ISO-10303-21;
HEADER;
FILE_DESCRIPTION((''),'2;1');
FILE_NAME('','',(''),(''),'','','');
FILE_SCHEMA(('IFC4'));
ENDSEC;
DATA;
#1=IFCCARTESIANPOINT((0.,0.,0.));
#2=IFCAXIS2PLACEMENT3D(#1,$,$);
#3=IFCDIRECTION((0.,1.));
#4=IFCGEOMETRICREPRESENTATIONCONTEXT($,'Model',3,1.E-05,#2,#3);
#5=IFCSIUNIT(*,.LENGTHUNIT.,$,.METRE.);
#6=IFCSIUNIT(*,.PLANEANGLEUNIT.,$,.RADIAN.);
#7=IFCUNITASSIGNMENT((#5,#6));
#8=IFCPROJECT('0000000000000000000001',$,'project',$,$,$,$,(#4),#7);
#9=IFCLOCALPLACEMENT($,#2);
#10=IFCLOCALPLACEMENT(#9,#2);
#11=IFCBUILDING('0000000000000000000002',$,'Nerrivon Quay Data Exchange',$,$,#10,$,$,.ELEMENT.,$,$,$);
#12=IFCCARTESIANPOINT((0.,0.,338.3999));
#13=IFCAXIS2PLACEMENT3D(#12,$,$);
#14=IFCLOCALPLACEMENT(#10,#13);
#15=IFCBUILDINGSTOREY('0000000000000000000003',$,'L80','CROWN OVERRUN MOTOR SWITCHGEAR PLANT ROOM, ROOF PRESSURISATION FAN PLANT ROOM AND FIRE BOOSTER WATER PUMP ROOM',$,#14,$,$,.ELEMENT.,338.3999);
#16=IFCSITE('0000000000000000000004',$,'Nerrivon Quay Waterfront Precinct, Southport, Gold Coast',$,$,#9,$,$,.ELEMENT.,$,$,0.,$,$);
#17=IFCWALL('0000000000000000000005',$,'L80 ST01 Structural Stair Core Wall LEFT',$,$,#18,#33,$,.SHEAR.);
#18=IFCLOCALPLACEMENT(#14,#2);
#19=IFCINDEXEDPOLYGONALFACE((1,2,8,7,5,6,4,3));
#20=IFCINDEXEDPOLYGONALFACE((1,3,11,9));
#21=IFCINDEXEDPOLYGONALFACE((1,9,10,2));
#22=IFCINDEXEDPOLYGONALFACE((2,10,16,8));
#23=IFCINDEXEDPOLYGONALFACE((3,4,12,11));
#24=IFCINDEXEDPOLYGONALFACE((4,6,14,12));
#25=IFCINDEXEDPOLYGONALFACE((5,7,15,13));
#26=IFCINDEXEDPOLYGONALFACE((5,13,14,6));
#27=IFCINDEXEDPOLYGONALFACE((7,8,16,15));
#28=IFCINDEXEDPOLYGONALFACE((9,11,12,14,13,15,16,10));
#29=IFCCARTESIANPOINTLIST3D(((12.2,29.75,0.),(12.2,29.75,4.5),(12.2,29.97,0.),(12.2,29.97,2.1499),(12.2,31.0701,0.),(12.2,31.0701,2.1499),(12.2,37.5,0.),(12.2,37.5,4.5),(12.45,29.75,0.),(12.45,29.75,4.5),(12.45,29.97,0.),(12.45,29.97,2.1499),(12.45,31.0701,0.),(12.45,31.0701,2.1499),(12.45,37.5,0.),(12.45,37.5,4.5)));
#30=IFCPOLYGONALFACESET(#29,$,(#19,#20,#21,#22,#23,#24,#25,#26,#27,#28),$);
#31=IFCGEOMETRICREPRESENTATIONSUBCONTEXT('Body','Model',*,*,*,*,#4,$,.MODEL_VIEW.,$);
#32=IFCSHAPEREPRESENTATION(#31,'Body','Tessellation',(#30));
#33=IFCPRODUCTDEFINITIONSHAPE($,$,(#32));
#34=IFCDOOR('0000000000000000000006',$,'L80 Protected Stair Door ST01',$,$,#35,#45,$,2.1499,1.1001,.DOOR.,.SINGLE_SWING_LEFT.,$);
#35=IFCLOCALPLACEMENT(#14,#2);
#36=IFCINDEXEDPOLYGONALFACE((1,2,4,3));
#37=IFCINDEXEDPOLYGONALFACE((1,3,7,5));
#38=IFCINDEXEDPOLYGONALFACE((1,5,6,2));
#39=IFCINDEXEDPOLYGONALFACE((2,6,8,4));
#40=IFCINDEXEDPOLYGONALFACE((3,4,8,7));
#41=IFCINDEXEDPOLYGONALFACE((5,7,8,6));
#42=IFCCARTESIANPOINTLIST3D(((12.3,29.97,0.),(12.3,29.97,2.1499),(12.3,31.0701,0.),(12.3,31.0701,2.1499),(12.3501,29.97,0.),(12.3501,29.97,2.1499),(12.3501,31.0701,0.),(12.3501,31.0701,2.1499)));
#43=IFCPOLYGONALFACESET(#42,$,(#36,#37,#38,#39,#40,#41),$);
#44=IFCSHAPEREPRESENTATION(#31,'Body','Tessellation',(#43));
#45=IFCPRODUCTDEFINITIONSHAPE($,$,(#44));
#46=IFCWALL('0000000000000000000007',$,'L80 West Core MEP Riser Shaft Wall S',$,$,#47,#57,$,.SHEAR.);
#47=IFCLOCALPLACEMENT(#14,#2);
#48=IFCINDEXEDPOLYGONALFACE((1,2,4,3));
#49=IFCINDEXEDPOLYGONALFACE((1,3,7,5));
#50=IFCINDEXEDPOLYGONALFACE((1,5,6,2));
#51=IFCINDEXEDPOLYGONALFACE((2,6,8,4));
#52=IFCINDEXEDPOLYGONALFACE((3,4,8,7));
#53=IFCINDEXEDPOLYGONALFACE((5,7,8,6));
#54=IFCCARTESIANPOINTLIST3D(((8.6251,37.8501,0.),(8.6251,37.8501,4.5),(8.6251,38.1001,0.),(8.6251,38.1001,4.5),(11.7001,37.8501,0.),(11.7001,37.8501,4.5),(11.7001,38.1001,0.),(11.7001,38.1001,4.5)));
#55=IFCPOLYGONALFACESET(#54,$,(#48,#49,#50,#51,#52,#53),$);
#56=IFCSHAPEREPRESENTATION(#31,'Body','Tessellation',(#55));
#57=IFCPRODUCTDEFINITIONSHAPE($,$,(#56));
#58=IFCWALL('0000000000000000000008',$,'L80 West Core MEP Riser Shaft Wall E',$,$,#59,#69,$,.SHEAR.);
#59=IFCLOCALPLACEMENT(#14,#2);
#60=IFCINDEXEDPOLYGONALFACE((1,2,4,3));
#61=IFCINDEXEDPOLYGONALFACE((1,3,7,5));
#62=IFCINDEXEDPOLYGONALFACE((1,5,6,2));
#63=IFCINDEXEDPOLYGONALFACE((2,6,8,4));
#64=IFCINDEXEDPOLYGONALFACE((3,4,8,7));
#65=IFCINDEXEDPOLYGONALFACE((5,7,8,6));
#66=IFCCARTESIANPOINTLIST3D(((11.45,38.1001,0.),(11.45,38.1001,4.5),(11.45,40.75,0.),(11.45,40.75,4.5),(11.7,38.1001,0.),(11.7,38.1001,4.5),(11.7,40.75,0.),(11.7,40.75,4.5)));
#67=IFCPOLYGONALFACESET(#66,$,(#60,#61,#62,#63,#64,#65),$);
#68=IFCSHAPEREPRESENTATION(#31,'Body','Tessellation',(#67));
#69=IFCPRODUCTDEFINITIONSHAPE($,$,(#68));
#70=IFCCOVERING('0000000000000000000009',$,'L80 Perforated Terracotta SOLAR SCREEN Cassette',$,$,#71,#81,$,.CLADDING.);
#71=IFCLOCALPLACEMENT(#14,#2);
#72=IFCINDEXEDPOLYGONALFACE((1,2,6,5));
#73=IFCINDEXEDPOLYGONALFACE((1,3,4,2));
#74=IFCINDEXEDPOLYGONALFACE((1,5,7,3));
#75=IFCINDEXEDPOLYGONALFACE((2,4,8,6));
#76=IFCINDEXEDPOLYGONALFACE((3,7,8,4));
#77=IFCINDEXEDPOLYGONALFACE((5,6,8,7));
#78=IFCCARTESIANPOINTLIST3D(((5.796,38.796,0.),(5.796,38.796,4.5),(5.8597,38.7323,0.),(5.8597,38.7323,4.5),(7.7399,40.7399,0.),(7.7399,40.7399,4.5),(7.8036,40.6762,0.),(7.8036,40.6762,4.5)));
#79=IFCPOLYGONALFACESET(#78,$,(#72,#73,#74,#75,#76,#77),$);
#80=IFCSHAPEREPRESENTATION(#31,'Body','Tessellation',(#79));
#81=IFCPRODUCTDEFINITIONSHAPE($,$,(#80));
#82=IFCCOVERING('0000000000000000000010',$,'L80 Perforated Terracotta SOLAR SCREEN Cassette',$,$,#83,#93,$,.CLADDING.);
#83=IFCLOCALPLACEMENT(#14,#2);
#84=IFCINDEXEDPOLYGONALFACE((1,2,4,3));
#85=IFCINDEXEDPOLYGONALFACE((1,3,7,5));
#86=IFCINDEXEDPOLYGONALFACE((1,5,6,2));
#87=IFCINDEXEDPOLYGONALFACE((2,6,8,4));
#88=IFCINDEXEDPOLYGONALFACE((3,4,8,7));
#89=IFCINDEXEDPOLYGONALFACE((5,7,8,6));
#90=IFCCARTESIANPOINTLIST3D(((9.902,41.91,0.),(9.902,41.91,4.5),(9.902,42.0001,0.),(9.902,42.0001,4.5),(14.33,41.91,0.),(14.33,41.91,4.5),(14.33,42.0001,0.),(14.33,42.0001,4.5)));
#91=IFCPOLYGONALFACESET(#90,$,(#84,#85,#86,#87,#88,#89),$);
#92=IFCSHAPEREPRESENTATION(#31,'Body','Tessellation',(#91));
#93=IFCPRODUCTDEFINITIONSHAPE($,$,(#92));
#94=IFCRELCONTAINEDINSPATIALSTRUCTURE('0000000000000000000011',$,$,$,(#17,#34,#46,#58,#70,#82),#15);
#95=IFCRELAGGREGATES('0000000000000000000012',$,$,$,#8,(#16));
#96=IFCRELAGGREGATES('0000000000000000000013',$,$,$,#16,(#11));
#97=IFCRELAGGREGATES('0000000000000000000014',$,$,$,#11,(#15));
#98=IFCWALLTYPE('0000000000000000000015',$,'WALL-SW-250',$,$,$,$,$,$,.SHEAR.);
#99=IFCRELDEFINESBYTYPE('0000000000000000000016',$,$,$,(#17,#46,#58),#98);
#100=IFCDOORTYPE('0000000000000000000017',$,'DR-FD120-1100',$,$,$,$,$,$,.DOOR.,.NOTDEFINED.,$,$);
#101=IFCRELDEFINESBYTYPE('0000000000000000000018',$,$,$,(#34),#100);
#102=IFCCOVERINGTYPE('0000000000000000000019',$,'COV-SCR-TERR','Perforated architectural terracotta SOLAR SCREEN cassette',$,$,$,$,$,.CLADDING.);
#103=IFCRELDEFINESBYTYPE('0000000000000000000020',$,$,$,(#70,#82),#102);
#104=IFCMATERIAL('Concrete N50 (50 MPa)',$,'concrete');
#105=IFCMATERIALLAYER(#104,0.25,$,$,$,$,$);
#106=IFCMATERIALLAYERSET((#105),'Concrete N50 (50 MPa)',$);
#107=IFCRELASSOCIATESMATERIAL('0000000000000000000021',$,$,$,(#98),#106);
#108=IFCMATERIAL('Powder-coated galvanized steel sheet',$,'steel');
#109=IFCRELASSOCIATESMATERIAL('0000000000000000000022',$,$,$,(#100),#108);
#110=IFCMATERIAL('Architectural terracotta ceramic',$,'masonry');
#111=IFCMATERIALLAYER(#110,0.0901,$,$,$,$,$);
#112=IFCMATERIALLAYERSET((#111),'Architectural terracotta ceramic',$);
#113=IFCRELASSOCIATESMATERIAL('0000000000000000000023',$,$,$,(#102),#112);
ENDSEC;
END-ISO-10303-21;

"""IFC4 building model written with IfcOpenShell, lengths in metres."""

from ifc_helpers import new_model, si_unit, direction, frame, frame_2d, origin, origin_2d, place, context, subcontext, project, spatial, rectangle, extrude, material, layer, layer_set, type_object, element, fill, save


model = new_model("IFC4")

# Units and contexts
model_context = context("Model", 3, precision=1e-05, world=origin(), true_north=direction((0.0, 1.0)))
body_context = subcontext(model_context, "Body", "Model", "MODEL_VIEW")
ifc_project = project(units=[si_unit("LENGTHUNIT", "METRE"), si_unit("PLANEANGLEUNIT", "RADIAN")], contexts=[model_context])

# Site, building, storey
site_placement = place(None, origin())
site = spatial("IfcSite", under=ifc_project, at=site_placement, Name="Nerrivon Quay Waterfront Precinct, Southport, Gold Coast", CompositionType="ELEMENT", RefElevation=0.0)
building_placement = place(site_placement, origin())
building = spatial("IfcBuilding", under=site, at=building_placement, Name="Nerrivon Quay Data Exchange", CompositionType="ELEMENT")
storey_placement = place(building_placement, frame((0.0, 0.0, 338.3999)))
storey = spatial("IfcBuildingStorey", under=building, at=storey_placement, Name="L80", Description="CROWN OVERRUN MOTOR SWITCHGEAR PLANT ROOM, ROOF PRESSURISATION FAN PLANT ROOM AND FIRE BOOSTER WATER PUMP ROOM", CompositionType="ELEMENT", Elevation=338.3999)

# Shared definitions
ifc_material_1 = material(Name="Concrete N50 (50 MPa)", Category="concrete")

# Wall, opening, door
ifc_layer_1 = layer(ifc_material_1, 0.25)
ifc_layer_set_1 = layer_set([ifc_layer_1], Name="Concrete N50 (50 MPa)")
wall_type_1 = type_object("IfcWallType", Name="WALL-SW-250", PredefinedType="SHEAR", material=ifc_layer_set_1)
wall_1_placement = place(storey_placement, frame((12.325, 29.75, 0.0), z_axis=(0.0, 0.0, 1.0), x_axis=(0.0, 1.0, 0.0)))
wall_1 = element("IfcWall", 1, at=wall_1_placement, inside=storey, type_object=wall_type_1, Name="L80 ST01 Structural Stair Core Wall LEFT", PredefinedType="SHEAR", context=body_context, shape_type="SweptSolid", body=[
    extrude(rectangle(XDim=7.75, YDim=0.25, at=frame_2d((3.875, 0.0))), origin(), (0.0, 0.0, 1.0), 4.5),
])
opening_placement = place(wall_1_placement, frame((0.22, 0.0, 0.0)))
opening = element("IfcOpeningElement", 2, at=opening_placement, cuts=wall_1, PredefinedType="OPENING", context=body_context, shape_type="SweptSolid", body=[
    extrude(rectangle(XDim=1.1001, YDim=2.1499, at=frame_2d((0.55, 1.075))), frame((0.0, 0.135, 0.0), z_axis=(0.0, -1.0, 0.0), x_axis=(1.0, 0.0, 0.0)), (0.0, 0.0, 1.0), 0.27),
])
ifc_material_2 = material(Name="Powder-coated galvanized steel sheet", Category="steel")
door_type = type_object("IfcDoorType", Name="DR-FD120-1100", OperationType="NOTDEFINED", PredefinedType="DOOR", material=ifc_material_2)
door_placement = place(opening_placement, origin())
door = element("IfcDoor", 3, at=door_placement, inside=storey, type_object=door_type, Name="L80 Protected Stair Door ST01", OperationType="SINGLE_SWING_LEFT", OverallHeight=2.1499, OverallWidth=1.1001, PredefinedType="DOOR", context=body_context, shape_type="SweptSolid", body=[
    extrude(rectangle(XDim=1.1001, YDim=2.1499, at=frame_2d((0.55, 1.075))), frame((0.0, 0.0249, 0.0), z_axis=(0.0, -1.0, 0.0), x_axis=(1.0, 0.0, 0.0)), (0.0, 0.0, 1.0), 0.05),
])
fill(opening, door)

# Walls
wall_2_placement = place(storey_placement, frame((8.625, 37.9751, 0.0), z_axis=(0.0, 0.0, 1.0), x_axis=(1.0, 0.0, 0.0)))
element("IfcWall", 4, at=wall_2_placement, inside=storey, type_object=wall_type_1, Name="L80 West Core MEP Riser Shaft Wall S", PredefinedType="SHEAR", context=body_context, shape_type="SweptSolid", body=[
    extrude(rectangle(XDim=3.075, YDim=0.25, at=frame_2d((1.5376, 0.0))), origin(), (0.0, 0.0, 1.0), 4.5),
])
wall_3_placement = place(storey_placement, frame((11.575, 38.1001, 0.0), z_axis=(0.0, 0.0, 1.0), x_axis=(0.0, 1.0, 0.0)))
element("IfcWall", 5, at=wall_3_placement, inside=storey, type_object=wall_type_1, Name="L80 West Core MEP Riser Shaft Wall E", PredefinedType="SHEAR", context=body_context, shape_type="SweptSolid", body=[
    extrude(rectangle(XDim=2.6499, YDim=0.25, at=frame_2d((1.325, 0.0))), origin(), (0.0, 0.0, 1.0), 4.5),
])

# Coverings
ifc_material_3 = material(Name="Architectural terracotta ceramic", Category="masonry")
ifc_layer_2 = layer(ifc_material_3, 0.0901)
ifc_layer_set_2 = layer_set([ifc_layer_2], Name="Architectural terracotta ceramic")
covering_type = type_object("IfcCoveringType", Name="COV-SCR-TERR", Description="Perforated architectural terracotta SOLAR SCREEN cassette", PredefinedType="CLADDING", material=ifc_layer_set_2)
covering_1_placement = place(storey_placement, frame((6.7998, 39.7361, 0.0), z_axis=(0.0, 0.0, 1.0), x_axis=(0.707107, 0.707107, 0.0)))
element("IfcCovering", 6, at=covering_1_placement, inside=storey, type_object=covering_type, Name="L80 Perforated Terracotta SOLAR SCREEN Cassette", PredefinedType="CLADDING", context=body_context, shape_type="SweptSolid", body=[
    extrude(rectangle(XDim=2.749, YDim=0.0901, at=origin_2d()), origin(), (0.0, 0.0, 1.0), 4.5),
])
covering_2_placement = place(storey_placement, frame((12.116, 41.9551, 0.0), z_axis=(0.0, 0.0, 1.0), x_axis=(1.0, 0.0, 0.0)))
element("IfcCovering", 7, at=covering_2_placement, inside=storey, type_object=covering_type, Name="L80 Perforated Terracotta SOLAR SCREEN Cassette", PredefinedType="CLADDING", context=body_context, shape_type="SweptSolid", body=[
    extrude(rectangle(XDim=4.428, YDim=0.0901, at=origin_2d()), origin(), (0.0, 0.0, 1.0), 4.5),
])

save(model, "model.ifc")
